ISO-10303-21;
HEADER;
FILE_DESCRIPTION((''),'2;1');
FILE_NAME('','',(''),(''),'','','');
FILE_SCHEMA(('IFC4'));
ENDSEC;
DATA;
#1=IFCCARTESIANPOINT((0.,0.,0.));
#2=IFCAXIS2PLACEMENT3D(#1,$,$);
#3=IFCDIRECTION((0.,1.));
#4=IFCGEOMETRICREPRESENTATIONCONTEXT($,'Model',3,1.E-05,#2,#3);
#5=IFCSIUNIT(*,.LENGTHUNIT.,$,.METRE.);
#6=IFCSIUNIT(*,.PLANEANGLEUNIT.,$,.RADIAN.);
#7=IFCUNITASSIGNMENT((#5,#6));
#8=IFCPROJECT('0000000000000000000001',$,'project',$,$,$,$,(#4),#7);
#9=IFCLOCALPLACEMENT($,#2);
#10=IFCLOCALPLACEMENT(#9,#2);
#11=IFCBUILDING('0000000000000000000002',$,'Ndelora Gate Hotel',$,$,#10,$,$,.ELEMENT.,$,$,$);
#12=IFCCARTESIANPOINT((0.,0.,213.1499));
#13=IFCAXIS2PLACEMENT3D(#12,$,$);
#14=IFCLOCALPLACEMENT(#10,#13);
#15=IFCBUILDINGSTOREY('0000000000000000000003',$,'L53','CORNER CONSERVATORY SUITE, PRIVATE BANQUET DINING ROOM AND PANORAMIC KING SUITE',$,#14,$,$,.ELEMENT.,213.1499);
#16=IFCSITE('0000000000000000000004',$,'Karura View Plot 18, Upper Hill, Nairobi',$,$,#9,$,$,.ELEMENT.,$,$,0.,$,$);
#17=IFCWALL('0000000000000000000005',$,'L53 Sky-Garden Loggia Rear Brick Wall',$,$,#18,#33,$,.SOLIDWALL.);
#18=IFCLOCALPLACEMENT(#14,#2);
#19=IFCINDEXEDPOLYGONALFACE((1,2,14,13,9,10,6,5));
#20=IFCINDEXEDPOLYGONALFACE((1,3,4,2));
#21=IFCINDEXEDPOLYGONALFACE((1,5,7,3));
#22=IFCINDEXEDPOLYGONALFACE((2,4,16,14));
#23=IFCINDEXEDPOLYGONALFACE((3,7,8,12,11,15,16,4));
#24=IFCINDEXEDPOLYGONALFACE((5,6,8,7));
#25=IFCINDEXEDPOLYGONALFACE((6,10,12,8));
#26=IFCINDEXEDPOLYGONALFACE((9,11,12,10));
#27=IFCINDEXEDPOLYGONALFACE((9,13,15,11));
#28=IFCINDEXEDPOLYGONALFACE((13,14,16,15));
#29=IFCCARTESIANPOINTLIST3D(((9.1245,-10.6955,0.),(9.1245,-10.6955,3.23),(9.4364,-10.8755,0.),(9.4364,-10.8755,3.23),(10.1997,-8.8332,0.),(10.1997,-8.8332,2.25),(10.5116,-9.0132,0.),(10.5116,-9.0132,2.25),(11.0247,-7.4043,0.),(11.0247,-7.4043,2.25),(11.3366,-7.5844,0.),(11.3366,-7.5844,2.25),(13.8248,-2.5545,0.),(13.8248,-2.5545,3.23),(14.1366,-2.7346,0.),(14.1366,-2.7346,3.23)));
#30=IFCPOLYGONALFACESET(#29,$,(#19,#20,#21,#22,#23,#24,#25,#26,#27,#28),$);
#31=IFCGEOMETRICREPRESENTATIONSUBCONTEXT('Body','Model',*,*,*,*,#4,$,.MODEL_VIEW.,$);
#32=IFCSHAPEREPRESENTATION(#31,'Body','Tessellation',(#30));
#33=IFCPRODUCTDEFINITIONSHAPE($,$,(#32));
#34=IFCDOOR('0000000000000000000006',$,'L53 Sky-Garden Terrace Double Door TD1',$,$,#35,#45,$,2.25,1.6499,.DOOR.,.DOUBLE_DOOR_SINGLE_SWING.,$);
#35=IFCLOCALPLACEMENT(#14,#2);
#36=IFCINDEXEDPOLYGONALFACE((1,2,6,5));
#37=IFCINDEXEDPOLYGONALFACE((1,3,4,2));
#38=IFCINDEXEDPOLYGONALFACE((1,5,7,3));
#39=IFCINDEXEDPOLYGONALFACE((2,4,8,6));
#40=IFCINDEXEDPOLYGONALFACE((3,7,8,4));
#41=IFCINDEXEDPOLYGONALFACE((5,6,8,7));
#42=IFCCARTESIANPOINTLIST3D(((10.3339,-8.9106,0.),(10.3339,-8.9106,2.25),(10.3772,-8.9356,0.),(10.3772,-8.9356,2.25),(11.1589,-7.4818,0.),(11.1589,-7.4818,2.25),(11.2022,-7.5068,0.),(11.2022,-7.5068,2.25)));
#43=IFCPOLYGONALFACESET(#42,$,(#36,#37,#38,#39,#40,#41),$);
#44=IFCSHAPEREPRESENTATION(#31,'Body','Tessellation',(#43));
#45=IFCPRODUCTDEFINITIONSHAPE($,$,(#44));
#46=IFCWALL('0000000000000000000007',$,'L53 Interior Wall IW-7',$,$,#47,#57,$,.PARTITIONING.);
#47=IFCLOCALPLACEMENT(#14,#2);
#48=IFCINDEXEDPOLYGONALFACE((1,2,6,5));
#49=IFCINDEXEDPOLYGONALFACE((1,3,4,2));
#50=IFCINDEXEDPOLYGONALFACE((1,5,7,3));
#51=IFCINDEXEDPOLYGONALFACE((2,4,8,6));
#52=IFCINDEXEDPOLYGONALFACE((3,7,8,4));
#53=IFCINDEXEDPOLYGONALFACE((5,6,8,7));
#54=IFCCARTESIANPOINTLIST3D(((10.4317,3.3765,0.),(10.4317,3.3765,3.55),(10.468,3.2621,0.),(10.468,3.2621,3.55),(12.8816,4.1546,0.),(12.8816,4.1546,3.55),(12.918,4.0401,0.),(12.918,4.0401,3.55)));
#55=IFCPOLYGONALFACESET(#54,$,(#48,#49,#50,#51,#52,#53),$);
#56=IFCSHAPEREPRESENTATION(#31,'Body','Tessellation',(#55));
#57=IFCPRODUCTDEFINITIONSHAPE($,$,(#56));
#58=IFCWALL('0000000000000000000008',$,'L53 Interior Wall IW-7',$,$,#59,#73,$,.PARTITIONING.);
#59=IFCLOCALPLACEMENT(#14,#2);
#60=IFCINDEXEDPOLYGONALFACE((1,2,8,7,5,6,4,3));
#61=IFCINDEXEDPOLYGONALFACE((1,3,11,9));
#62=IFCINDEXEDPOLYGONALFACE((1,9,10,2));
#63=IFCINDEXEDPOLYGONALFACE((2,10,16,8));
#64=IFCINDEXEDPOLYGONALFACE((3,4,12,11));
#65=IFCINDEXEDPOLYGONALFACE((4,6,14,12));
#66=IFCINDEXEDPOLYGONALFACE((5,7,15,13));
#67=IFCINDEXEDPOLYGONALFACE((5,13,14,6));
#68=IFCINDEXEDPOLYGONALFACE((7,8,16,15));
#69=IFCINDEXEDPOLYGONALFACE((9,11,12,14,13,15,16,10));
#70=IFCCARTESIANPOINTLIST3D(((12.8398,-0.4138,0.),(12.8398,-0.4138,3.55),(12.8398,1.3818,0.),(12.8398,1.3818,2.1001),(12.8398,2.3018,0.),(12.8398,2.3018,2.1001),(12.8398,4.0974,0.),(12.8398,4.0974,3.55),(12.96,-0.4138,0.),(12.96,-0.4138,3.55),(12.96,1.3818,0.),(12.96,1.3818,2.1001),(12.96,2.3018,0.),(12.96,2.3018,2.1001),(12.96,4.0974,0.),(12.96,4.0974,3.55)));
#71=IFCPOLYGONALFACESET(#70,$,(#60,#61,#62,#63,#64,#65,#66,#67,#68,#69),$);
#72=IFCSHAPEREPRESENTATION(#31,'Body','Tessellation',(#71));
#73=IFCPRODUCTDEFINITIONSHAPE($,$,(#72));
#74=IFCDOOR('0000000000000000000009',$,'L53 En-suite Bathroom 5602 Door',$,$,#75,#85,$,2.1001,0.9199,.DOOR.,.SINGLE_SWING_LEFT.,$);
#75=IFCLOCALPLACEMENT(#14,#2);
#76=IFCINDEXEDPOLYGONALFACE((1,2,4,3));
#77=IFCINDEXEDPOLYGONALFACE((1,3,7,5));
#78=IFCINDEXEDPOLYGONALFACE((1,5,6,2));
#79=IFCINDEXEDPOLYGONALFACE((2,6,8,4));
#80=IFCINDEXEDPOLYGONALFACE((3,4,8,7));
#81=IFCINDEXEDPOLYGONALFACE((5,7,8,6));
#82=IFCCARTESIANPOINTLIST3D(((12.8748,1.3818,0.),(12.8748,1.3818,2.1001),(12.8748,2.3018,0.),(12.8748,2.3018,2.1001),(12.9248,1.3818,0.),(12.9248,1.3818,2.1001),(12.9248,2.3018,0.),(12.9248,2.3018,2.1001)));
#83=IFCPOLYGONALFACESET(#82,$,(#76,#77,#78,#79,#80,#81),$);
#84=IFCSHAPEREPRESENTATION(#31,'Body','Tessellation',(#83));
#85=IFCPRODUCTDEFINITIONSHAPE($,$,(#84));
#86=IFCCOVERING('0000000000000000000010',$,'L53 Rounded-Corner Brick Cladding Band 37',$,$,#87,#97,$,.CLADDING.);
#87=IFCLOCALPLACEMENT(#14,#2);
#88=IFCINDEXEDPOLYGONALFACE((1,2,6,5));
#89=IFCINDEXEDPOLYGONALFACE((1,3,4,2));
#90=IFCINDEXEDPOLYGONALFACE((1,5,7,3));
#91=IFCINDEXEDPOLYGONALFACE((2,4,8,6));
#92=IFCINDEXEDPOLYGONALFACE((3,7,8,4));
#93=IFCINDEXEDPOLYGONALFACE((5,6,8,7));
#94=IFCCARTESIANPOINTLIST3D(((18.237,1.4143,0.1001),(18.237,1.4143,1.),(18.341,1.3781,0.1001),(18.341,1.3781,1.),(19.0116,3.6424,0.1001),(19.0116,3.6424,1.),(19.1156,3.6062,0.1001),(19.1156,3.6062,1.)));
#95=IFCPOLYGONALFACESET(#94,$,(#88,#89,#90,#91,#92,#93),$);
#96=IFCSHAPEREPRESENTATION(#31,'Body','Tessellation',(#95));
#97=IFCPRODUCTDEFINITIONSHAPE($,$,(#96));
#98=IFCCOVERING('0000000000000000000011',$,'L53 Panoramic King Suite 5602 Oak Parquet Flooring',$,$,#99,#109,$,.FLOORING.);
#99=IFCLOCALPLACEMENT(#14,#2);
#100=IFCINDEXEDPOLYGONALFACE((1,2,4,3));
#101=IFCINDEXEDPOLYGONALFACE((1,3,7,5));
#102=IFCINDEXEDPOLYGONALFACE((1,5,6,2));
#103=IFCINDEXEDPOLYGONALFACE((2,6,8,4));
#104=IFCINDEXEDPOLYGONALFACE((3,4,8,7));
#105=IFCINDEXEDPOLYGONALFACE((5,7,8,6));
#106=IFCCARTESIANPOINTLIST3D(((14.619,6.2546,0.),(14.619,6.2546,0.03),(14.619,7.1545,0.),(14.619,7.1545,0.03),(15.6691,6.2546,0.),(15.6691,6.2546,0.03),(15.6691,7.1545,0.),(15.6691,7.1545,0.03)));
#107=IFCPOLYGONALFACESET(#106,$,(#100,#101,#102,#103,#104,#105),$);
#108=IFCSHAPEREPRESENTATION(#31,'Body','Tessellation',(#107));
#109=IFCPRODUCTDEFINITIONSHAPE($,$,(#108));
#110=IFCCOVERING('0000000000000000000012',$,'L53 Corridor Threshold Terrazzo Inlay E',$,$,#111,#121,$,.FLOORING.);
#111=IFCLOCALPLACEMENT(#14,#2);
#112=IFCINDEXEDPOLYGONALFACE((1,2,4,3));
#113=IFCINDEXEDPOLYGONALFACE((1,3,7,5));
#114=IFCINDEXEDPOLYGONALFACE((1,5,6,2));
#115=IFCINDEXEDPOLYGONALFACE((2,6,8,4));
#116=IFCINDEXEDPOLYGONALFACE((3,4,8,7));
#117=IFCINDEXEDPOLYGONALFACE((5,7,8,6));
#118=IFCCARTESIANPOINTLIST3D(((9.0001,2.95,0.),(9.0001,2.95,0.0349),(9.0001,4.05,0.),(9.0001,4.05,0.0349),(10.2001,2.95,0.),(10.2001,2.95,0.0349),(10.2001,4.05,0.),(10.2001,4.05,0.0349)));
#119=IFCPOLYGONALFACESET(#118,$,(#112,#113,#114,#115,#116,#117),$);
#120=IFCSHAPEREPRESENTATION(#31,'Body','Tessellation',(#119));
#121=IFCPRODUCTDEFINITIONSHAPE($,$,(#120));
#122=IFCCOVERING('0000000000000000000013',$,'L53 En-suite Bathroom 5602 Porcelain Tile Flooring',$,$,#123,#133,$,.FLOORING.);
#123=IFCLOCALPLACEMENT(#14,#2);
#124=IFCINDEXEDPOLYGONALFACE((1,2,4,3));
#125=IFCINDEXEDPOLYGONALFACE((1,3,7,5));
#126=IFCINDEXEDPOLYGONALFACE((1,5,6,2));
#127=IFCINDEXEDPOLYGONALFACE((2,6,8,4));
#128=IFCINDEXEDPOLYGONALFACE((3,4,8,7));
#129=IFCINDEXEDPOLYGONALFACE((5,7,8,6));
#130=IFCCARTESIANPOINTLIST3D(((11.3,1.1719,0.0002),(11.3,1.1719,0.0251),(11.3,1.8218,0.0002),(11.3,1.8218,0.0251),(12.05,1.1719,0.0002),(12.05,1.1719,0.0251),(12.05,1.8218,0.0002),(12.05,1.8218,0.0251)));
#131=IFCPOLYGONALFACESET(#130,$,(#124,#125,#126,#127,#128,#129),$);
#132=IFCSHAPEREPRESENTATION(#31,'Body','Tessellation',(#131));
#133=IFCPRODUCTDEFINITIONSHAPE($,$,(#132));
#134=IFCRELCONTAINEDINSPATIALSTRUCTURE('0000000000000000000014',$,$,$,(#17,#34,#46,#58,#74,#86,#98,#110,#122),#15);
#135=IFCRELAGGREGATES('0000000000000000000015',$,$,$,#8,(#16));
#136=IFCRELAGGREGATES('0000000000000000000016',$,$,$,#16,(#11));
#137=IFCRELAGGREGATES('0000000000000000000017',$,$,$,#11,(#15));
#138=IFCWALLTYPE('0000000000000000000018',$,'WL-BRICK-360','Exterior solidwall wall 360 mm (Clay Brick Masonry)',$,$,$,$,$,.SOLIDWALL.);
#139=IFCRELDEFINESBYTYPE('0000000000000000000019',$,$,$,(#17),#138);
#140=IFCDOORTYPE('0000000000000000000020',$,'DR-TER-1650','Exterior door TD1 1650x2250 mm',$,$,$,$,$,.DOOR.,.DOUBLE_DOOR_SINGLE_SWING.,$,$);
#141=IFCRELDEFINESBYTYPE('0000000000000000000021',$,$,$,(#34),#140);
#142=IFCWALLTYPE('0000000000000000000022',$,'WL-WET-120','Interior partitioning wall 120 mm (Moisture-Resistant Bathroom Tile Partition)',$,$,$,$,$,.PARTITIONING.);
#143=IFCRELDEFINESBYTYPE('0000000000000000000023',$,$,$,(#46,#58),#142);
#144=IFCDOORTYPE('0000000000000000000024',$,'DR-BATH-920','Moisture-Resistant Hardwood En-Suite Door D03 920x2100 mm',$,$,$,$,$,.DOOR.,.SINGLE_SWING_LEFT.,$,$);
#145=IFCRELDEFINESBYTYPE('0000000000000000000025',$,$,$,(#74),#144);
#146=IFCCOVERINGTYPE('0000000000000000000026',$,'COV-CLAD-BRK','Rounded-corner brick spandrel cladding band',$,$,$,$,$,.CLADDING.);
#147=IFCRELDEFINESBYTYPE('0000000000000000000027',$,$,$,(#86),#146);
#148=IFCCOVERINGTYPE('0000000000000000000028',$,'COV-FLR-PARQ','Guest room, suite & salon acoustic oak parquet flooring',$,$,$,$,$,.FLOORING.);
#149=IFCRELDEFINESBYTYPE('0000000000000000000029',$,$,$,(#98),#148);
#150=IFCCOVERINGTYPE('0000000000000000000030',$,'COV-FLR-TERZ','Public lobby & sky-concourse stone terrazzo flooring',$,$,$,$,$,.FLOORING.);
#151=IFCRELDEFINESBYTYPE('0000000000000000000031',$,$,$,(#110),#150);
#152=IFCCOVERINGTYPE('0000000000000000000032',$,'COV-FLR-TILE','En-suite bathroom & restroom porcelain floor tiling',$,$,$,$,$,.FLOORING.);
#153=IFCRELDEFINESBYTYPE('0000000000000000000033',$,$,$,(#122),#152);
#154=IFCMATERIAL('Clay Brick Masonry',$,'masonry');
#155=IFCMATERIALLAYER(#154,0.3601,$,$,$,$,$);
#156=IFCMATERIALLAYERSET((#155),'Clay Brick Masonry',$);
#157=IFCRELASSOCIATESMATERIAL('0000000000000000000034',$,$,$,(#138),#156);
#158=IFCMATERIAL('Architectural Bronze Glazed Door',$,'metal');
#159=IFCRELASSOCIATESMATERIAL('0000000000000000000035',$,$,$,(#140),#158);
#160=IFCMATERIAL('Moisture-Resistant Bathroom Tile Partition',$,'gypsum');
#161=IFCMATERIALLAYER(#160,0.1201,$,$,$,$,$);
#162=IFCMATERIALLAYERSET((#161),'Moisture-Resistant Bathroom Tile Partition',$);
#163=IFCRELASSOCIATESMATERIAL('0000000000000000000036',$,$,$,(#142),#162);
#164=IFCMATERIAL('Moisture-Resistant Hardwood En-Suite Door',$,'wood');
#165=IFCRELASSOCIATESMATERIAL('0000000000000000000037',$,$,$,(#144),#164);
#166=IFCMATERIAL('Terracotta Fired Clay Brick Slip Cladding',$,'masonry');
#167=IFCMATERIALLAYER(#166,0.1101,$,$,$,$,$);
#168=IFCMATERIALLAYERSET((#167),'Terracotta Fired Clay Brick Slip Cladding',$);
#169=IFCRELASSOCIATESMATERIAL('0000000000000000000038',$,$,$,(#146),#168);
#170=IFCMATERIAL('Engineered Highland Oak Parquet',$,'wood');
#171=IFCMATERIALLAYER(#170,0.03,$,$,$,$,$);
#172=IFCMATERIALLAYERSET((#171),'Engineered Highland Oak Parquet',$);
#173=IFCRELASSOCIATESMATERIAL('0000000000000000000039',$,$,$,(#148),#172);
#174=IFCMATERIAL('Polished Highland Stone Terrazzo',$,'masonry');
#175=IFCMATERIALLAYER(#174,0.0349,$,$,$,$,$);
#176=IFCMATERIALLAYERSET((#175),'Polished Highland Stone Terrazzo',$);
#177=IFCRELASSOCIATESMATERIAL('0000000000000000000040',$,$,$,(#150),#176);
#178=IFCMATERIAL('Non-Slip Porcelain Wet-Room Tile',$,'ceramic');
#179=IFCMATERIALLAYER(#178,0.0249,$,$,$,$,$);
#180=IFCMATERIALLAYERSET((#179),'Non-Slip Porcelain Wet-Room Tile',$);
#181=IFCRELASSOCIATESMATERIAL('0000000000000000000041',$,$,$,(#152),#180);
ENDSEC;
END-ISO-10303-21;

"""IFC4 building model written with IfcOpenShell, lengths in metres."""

from ifc_helpers import new_model, si_unit, direction, frame, frame_2d, origin, origin_2d, place, context, subcontext, project, spatial, rectangle, extrude, material, layer, layer_set, type_object, element, fill, save


model = new_model("IFC4")

# Units and contexts
model_context = context("Model", 3, precision=1e-05, world=origin(), true_north=direction((0.0, 1.0)))
body_context = subcontext(model_context, "Body", "Model", "MODEL_VIEW")
ifc_project = project(units=[si_unit("LENGTHUNIT", "METRE"), si_unit("PLANEANGLEUNIT", "RADIAN")], contexts=[model_context])

# Site, building, storey
site_placement = place(None, origin())
site = spatial("IfcSite", under=ifc_project, at=site_placement, Name="Karura View Plot 18, Upper Hill, Nairobi", CompositionType="ELEMENT", RefElevation=0.0)
building_placement = place(site_placement, origin())
building = spatial("IfcBuilding", under=site, at=building_placement, Name="Ndelora Gate Hotel", CompositionType="ELEMENT")
storey_placement = place(building_placement, frame((0.0, 0.0, 213.1499)))
storey = spatial("IfcBuildingStorey", under=building, at=storey_placement, Name="L53", Description="CORNER CONSERVATORY SUITE, PRIVATE BANQUET DINING ROOM AND PANORAMIC KING SUITE", CompositionType="ELEMENT", Elevation=213.1499)

# Shared definitions
ifc_material_1 = material(Name="Clay Brick Masonry", Category="masonry")

# Wall, opening, door
ifc_layer_1 = layer(ifc_material_1, 0.3601)
ifc_layer_set_1 = layer_set([ifc_layer_1], Name="Clay Brick Masonry")
wall_type_1 = type_object("IfcWallType", Name="WL-BRICK-360", Description="Exterior solidwall wall 360 mm (Clay Brick Masonry)", PredefinedType="SOLIDWALL", material=ifc_layer_set_1)
wall_1_placement = place(storey_placement, frame((13.9807, -2.6445, 0.0), z_axis=(0.0, 0.0, 1.0), x_axis=(-0.500005, -0.866023, 0.0)))
wall_1 = element("IfcWall", 1, at=wall_1_placement, inside=storey, type_object=wall_type_1, Name="L53 Sky-Garden Loggia Rear Brick Wall", PredefinedType="SOLIDWALL", context=body_context, shape_type="SweptSolid", body=[
    extrude(rectangle(XDim=9.4004, YDim=0.3601, at=frame_2d((4.7002, 0.0))), origin(), (0.0, 0.0, 1.0), 3.23),
])
opening_1_placement = place(wall_1_placement, frame((5.6001, 0.0, 0.0)))
opening_1 = element("IfcOpeningElement", 2, at=opening_1_placement, cuts=wall_1, PredefinedType="OPENING", context=body_context, shape_type="SweptSolid", body=[
    extrude(rectangle(XDim=1.6499, YDim=2.25, at=frame_2d((0.825, 1.125))), frame((0.0, 0.1899, 0.0), z_axis=(0.0, -1.0, 0.0), x_axis=(1.0, 0.0, 0.0)), (0.0, 0.0, 1.0), 0.3801),
])
ifc_material_2 = material(Name="Architectural Bronze Glazed Door", Category="metal")
door_type_1 = type_object("IfcDoorType", Name="DR-TER-1650", Description="Exterior door TD1 1650x2250 mm", OperationType="DOUBLE_DOOR_SINGLE_SWING", PredefinedType="DOOR", material=ifc_material_2)
door_1_placement = place(opening_1_placement, origin())
door_1 = element("IfcDoor", 3, at=door_1_placement, inside=storey, type_object=door_type_1, Name="L53 Sky-Garden Terrace Double Door TD1", OperationType="DOUBLE_DOOR_SINGLE_SWING", OverallHeight=2.25, OverallWidth=1.6499, PredefinedType="DOOR", context=body_context, shape_type="SweptSolid", body=[
    extrude(rectangle(XDim=1.6499, YDim=2.25, at=frame_2d((0.825, 1.125))), frame((0.0, 0.0249, 0.0), z_axis=(0.0, -1.0, 0.0), x_axis=(1.0, 0.0, 0.0)), (0.0, 0.0, 1.0), 0.05),
])
fill(opening_1, door_1)

# Wall
ifc_material_3 = material(Name="Moisture-Resistant Bathroom Tile Partition", Category="gypsum")
ifc_layer_2 = layer(ifc_material_3, 0.1201)
ifc_layer_set_2 = layer_set([ifc_layer_2], Name="Moisture-Resistant Bathroom Tile Partition")
wall_type_2 = type_object("IfcWallType", Name="WL-WET-120", Description="Interior partitioning wall 120 mm (Moisture-Resistant Bathroom Tile Partition)", PredefinedType="PARTITIONING", material=ifc_layer_set_2)
wall_2_placement = place(storey_placement, frame((10.45, 3.3193, 0.0), z_axis=(0.0, 0.0, 1.0), x_axis=(0.953089, 0.30269, 0.0)))
element("IfcWall", 4, at=wall_2_placement, inside=storey, type_object=wall_type_2, Name="L53 Interior Wall IW-7", PredefinedType="PARTITIONING", context=body_context, shape_type="SweptSolid", body=[
    extrude(rectangle(XDim=2.5706, YDim=0.1201, at=frame_2d((1.2852, 0.0))), origin(), (0.0, 0.0, 1.0), 3.55),
])

# Wall, opening, door
wall_3_placement = place(storey_placement, frame((12.8999, 4.0974, 0.0), z_axis=(0.0, 0.0, 1.0), x_axis=(0.0, -1.0, 0.0)))
wall_3 = element("IfcWall", 5, at=wall_3_placement, inside=storey, type_object=wall_type_2, Name="L53 Interior Wall IW-7", PredefinedType="PARTITIONING", context=body_context, shape_type="SweptSolid", body=[
    extrude(rectangle(XDim=4.5112, YDim=0.1201, at=frame_2d((2.2556, 0.0))), origin(), (0.0, 0.0, 1.0), 3.55),
])
opening_2_placement = place(wall_3_placement, frame((1.7957, 0.0, 0.0)))
opening_2 = element("IfcOpeningElement", 6, at=opening_2_placement, cuts=wall_3, PredefinedType="OPENING", context=body_context, shape_type="SweptSolid", body=[
    extrude(rectangle(XDim=0.9199, YDim=2.1001, at=frame_2d((0.46, 1.05))), frame((0.0, 0.0701, 0.0), z_axis=(0.0, -1.0, 0.0), x_axis=(1.0, 0.0, 0.0)), (0.0, 0.0, 1.0), 0.1401),
])
ifc_material_4 = material(Name="Moisture-Resistant Hardwood En-Suite Door", Category="wood")
door_type_2 = type_object("IfcDoorType", Name="DR-BATH-920", Description="Moisture-Resistant Hardwood En-Suite Door D03 920x2100 mm", OperationType="SINGLE_SWING_LEFT", PredefinedType="DOOR", material=ifc_material_4)
door_2_placement = place(opening_2_placement, origin())
door_2 = element("IfcDoor", 7, at=door_2_placement, inside=storey, type_object=door_type_2, Name="L53 En-suite Bathroom 5602 Door", OperationType="SINGLE_SWING_LEFT", OverallHeight=2.1001, OverallWidth=0.9199, PredefinedType="DOOR", context=body_context, shape_type="SweptSolid", body=[
    extrude(rectangle(XDim=0.9199, YDim=2.1001, at=frame_2d((0.46, 1.05))), frame((0.0, 0.0249, 0.0), z_axis=(0.0, -1.0, 0.0), x_axis=(1.0, 0.0, 0.0)), (0.0, 0.0, 1.0), 0.05),
])
fill(opening_2, door_2)

# Coverings
ifc_material_5 = material(Name="Terracotta Fired Clay Brick Slip Cladding", Category="masonry")
ifc_layer_3 = layer(ifc_material_5, 0.1101)
ifc_layer_set_3 = layer_set([ifc_layer_3], Name="Terracotta Fired Clay Brick Slip Cladding")
covering_type_1 = type_object("IfcCoveringType", Name="COV-CLAD-BRK", Description="Rounded-corner brick spandrel cladding band", PredefinedType="CLADDING", material=ifc_layer_set_3)
covering_1_placement = place(storey_placement, frame((18.6763, 2.5103, 0.1001), z_axis=(0.0, 0.0, 1.0), x_axis=(0.328372, 0.944548, 0.0)))
element("IfcCovering", 8, at=covering_1_placement, inside=storey, type_object=covering_type_1, Name="L53 Rounded-Corner Brick Cladding Band 37", PredefinedType="CLADDING", context=body_context, shape_type="SweptSolid", body=[
    extrude(rectangle(XDim=2.3589, YDim=0.1101, at=origin_2d()), origin(), (0.0, 0.0, 1.0), 0.8999),
])
ifc_material_6 = material(Name="Engineered Highland Oak Parquet", Category="wood")
ifc_layer_4 = layer(ifc_material_6, 0.03)
ifc_layer_set_4 = layer_set([ifc_layer_4], Name="Engineered Highland Oak Parquet")
covering_type_2 = type_object("IfcCoveringType", Name="COV-FLR-PARQ", Description="Guest room, suite & salon acoustic oak parquet flooring", PredefinedType="FLOORING", material=ifc_layer_set_4)
covering_2_placement = place(storey_placement, frame((15.144, 6.7046, 0.0), z_axis=(0.0, 0.0, 1.0), x_axis=(1.0, 0.0, 0.0)))
element("IfcCovering", 9, at=covering_2_placement, inside=storey, type_object=covering_type_2, Name="L53 Panoramic King Suite 5602 Oak Parquet Flooring", PredefinedType="FLOORING", context=body_context, shape_type="SweptSolid", body=[
    extrude(rectangle(XDim=1.05, YDim=0.8999, at=origin_2d()), origin(), (0.0, 0.0, 1.0), 0.03),
])
ifc_material_7 = material(Name="Polished Highland Stone Terrazzo", Category="masonry")
ifc_layer_5 = layer(ifc_material_7, 0.0349)
ifc_layer_set_5 = layer_set([ifc_layer_5], Name="Polished Highland Stone Terrazzo")
covering_type_3 = type_object("IfcCoveringType", Name="COV-FLR-TERZ", Description="Public lobby & sky-concourse stone terrazzo flooring", PredefinedType="FLOORING", material=ifc_layer_set_5)
covering_3_placement = place(storey_placement, frame((9.6001, 3.5, 0.0), z_axis=(0.0, 0.0, 1.0), x_axis=(1.0, 0.0, 0.0)))
element("IfcCovering", 10, at=covering_3_placement, inside=storey, type_object=covering_type_3, Name="L53 Corridor Threshold Terrazzo Inlay E", PredefinedType="FLOORING", context=body_context, shape_type="SweptSolid", body=[
    extrude(rectangle(XDim=1.2, YDim=1.1001, at=origin_2d()), origin(), (0.0, 0.0, 1.0), 0.0349),
])
ifc_material_8 = material(Name="Non-Slip Porcelain Wet-Room Tile", Category="ceramic")
ifc_layer_6 = layer(ifc_material_8, 0.0249)
ifc_layer_set_6 = layer_set([ifc_layer_6], Name="Non-Slip Porcelain Wet-Room Tile")
covering_type_4 = type_object("IfcCoveringType", Name="COV-FLR-TILE", Description="En-suite bathroom & restroom porcelain floor tiling", PredefinedType="FLOORING", material=ifc_layer_set_6)
covering_4_placement = place(storey_placement, frame((11.675, 1.4968, 0.0002), z_axis=(0.0, 0.0, 1.0), x_axis=(1.0, 0.0, 0.0)))
element("IfcCovering", 11, at=covering_4_placement, inside=storey, type_object=covering_type_4, Name="L53 En-suite Bathroom 5602 Porcelain Tile Flooring", PredefinedType="FLOORING", context=body_context, shape_type="SweptSolid", body=[
    extrude(rectangle(XDim=0.75, YDim=0.6499, at=origin_2d()), origin(), (0.0, 0.0, 1.0), 0.0249),
])

save(model, "model.ifc")
